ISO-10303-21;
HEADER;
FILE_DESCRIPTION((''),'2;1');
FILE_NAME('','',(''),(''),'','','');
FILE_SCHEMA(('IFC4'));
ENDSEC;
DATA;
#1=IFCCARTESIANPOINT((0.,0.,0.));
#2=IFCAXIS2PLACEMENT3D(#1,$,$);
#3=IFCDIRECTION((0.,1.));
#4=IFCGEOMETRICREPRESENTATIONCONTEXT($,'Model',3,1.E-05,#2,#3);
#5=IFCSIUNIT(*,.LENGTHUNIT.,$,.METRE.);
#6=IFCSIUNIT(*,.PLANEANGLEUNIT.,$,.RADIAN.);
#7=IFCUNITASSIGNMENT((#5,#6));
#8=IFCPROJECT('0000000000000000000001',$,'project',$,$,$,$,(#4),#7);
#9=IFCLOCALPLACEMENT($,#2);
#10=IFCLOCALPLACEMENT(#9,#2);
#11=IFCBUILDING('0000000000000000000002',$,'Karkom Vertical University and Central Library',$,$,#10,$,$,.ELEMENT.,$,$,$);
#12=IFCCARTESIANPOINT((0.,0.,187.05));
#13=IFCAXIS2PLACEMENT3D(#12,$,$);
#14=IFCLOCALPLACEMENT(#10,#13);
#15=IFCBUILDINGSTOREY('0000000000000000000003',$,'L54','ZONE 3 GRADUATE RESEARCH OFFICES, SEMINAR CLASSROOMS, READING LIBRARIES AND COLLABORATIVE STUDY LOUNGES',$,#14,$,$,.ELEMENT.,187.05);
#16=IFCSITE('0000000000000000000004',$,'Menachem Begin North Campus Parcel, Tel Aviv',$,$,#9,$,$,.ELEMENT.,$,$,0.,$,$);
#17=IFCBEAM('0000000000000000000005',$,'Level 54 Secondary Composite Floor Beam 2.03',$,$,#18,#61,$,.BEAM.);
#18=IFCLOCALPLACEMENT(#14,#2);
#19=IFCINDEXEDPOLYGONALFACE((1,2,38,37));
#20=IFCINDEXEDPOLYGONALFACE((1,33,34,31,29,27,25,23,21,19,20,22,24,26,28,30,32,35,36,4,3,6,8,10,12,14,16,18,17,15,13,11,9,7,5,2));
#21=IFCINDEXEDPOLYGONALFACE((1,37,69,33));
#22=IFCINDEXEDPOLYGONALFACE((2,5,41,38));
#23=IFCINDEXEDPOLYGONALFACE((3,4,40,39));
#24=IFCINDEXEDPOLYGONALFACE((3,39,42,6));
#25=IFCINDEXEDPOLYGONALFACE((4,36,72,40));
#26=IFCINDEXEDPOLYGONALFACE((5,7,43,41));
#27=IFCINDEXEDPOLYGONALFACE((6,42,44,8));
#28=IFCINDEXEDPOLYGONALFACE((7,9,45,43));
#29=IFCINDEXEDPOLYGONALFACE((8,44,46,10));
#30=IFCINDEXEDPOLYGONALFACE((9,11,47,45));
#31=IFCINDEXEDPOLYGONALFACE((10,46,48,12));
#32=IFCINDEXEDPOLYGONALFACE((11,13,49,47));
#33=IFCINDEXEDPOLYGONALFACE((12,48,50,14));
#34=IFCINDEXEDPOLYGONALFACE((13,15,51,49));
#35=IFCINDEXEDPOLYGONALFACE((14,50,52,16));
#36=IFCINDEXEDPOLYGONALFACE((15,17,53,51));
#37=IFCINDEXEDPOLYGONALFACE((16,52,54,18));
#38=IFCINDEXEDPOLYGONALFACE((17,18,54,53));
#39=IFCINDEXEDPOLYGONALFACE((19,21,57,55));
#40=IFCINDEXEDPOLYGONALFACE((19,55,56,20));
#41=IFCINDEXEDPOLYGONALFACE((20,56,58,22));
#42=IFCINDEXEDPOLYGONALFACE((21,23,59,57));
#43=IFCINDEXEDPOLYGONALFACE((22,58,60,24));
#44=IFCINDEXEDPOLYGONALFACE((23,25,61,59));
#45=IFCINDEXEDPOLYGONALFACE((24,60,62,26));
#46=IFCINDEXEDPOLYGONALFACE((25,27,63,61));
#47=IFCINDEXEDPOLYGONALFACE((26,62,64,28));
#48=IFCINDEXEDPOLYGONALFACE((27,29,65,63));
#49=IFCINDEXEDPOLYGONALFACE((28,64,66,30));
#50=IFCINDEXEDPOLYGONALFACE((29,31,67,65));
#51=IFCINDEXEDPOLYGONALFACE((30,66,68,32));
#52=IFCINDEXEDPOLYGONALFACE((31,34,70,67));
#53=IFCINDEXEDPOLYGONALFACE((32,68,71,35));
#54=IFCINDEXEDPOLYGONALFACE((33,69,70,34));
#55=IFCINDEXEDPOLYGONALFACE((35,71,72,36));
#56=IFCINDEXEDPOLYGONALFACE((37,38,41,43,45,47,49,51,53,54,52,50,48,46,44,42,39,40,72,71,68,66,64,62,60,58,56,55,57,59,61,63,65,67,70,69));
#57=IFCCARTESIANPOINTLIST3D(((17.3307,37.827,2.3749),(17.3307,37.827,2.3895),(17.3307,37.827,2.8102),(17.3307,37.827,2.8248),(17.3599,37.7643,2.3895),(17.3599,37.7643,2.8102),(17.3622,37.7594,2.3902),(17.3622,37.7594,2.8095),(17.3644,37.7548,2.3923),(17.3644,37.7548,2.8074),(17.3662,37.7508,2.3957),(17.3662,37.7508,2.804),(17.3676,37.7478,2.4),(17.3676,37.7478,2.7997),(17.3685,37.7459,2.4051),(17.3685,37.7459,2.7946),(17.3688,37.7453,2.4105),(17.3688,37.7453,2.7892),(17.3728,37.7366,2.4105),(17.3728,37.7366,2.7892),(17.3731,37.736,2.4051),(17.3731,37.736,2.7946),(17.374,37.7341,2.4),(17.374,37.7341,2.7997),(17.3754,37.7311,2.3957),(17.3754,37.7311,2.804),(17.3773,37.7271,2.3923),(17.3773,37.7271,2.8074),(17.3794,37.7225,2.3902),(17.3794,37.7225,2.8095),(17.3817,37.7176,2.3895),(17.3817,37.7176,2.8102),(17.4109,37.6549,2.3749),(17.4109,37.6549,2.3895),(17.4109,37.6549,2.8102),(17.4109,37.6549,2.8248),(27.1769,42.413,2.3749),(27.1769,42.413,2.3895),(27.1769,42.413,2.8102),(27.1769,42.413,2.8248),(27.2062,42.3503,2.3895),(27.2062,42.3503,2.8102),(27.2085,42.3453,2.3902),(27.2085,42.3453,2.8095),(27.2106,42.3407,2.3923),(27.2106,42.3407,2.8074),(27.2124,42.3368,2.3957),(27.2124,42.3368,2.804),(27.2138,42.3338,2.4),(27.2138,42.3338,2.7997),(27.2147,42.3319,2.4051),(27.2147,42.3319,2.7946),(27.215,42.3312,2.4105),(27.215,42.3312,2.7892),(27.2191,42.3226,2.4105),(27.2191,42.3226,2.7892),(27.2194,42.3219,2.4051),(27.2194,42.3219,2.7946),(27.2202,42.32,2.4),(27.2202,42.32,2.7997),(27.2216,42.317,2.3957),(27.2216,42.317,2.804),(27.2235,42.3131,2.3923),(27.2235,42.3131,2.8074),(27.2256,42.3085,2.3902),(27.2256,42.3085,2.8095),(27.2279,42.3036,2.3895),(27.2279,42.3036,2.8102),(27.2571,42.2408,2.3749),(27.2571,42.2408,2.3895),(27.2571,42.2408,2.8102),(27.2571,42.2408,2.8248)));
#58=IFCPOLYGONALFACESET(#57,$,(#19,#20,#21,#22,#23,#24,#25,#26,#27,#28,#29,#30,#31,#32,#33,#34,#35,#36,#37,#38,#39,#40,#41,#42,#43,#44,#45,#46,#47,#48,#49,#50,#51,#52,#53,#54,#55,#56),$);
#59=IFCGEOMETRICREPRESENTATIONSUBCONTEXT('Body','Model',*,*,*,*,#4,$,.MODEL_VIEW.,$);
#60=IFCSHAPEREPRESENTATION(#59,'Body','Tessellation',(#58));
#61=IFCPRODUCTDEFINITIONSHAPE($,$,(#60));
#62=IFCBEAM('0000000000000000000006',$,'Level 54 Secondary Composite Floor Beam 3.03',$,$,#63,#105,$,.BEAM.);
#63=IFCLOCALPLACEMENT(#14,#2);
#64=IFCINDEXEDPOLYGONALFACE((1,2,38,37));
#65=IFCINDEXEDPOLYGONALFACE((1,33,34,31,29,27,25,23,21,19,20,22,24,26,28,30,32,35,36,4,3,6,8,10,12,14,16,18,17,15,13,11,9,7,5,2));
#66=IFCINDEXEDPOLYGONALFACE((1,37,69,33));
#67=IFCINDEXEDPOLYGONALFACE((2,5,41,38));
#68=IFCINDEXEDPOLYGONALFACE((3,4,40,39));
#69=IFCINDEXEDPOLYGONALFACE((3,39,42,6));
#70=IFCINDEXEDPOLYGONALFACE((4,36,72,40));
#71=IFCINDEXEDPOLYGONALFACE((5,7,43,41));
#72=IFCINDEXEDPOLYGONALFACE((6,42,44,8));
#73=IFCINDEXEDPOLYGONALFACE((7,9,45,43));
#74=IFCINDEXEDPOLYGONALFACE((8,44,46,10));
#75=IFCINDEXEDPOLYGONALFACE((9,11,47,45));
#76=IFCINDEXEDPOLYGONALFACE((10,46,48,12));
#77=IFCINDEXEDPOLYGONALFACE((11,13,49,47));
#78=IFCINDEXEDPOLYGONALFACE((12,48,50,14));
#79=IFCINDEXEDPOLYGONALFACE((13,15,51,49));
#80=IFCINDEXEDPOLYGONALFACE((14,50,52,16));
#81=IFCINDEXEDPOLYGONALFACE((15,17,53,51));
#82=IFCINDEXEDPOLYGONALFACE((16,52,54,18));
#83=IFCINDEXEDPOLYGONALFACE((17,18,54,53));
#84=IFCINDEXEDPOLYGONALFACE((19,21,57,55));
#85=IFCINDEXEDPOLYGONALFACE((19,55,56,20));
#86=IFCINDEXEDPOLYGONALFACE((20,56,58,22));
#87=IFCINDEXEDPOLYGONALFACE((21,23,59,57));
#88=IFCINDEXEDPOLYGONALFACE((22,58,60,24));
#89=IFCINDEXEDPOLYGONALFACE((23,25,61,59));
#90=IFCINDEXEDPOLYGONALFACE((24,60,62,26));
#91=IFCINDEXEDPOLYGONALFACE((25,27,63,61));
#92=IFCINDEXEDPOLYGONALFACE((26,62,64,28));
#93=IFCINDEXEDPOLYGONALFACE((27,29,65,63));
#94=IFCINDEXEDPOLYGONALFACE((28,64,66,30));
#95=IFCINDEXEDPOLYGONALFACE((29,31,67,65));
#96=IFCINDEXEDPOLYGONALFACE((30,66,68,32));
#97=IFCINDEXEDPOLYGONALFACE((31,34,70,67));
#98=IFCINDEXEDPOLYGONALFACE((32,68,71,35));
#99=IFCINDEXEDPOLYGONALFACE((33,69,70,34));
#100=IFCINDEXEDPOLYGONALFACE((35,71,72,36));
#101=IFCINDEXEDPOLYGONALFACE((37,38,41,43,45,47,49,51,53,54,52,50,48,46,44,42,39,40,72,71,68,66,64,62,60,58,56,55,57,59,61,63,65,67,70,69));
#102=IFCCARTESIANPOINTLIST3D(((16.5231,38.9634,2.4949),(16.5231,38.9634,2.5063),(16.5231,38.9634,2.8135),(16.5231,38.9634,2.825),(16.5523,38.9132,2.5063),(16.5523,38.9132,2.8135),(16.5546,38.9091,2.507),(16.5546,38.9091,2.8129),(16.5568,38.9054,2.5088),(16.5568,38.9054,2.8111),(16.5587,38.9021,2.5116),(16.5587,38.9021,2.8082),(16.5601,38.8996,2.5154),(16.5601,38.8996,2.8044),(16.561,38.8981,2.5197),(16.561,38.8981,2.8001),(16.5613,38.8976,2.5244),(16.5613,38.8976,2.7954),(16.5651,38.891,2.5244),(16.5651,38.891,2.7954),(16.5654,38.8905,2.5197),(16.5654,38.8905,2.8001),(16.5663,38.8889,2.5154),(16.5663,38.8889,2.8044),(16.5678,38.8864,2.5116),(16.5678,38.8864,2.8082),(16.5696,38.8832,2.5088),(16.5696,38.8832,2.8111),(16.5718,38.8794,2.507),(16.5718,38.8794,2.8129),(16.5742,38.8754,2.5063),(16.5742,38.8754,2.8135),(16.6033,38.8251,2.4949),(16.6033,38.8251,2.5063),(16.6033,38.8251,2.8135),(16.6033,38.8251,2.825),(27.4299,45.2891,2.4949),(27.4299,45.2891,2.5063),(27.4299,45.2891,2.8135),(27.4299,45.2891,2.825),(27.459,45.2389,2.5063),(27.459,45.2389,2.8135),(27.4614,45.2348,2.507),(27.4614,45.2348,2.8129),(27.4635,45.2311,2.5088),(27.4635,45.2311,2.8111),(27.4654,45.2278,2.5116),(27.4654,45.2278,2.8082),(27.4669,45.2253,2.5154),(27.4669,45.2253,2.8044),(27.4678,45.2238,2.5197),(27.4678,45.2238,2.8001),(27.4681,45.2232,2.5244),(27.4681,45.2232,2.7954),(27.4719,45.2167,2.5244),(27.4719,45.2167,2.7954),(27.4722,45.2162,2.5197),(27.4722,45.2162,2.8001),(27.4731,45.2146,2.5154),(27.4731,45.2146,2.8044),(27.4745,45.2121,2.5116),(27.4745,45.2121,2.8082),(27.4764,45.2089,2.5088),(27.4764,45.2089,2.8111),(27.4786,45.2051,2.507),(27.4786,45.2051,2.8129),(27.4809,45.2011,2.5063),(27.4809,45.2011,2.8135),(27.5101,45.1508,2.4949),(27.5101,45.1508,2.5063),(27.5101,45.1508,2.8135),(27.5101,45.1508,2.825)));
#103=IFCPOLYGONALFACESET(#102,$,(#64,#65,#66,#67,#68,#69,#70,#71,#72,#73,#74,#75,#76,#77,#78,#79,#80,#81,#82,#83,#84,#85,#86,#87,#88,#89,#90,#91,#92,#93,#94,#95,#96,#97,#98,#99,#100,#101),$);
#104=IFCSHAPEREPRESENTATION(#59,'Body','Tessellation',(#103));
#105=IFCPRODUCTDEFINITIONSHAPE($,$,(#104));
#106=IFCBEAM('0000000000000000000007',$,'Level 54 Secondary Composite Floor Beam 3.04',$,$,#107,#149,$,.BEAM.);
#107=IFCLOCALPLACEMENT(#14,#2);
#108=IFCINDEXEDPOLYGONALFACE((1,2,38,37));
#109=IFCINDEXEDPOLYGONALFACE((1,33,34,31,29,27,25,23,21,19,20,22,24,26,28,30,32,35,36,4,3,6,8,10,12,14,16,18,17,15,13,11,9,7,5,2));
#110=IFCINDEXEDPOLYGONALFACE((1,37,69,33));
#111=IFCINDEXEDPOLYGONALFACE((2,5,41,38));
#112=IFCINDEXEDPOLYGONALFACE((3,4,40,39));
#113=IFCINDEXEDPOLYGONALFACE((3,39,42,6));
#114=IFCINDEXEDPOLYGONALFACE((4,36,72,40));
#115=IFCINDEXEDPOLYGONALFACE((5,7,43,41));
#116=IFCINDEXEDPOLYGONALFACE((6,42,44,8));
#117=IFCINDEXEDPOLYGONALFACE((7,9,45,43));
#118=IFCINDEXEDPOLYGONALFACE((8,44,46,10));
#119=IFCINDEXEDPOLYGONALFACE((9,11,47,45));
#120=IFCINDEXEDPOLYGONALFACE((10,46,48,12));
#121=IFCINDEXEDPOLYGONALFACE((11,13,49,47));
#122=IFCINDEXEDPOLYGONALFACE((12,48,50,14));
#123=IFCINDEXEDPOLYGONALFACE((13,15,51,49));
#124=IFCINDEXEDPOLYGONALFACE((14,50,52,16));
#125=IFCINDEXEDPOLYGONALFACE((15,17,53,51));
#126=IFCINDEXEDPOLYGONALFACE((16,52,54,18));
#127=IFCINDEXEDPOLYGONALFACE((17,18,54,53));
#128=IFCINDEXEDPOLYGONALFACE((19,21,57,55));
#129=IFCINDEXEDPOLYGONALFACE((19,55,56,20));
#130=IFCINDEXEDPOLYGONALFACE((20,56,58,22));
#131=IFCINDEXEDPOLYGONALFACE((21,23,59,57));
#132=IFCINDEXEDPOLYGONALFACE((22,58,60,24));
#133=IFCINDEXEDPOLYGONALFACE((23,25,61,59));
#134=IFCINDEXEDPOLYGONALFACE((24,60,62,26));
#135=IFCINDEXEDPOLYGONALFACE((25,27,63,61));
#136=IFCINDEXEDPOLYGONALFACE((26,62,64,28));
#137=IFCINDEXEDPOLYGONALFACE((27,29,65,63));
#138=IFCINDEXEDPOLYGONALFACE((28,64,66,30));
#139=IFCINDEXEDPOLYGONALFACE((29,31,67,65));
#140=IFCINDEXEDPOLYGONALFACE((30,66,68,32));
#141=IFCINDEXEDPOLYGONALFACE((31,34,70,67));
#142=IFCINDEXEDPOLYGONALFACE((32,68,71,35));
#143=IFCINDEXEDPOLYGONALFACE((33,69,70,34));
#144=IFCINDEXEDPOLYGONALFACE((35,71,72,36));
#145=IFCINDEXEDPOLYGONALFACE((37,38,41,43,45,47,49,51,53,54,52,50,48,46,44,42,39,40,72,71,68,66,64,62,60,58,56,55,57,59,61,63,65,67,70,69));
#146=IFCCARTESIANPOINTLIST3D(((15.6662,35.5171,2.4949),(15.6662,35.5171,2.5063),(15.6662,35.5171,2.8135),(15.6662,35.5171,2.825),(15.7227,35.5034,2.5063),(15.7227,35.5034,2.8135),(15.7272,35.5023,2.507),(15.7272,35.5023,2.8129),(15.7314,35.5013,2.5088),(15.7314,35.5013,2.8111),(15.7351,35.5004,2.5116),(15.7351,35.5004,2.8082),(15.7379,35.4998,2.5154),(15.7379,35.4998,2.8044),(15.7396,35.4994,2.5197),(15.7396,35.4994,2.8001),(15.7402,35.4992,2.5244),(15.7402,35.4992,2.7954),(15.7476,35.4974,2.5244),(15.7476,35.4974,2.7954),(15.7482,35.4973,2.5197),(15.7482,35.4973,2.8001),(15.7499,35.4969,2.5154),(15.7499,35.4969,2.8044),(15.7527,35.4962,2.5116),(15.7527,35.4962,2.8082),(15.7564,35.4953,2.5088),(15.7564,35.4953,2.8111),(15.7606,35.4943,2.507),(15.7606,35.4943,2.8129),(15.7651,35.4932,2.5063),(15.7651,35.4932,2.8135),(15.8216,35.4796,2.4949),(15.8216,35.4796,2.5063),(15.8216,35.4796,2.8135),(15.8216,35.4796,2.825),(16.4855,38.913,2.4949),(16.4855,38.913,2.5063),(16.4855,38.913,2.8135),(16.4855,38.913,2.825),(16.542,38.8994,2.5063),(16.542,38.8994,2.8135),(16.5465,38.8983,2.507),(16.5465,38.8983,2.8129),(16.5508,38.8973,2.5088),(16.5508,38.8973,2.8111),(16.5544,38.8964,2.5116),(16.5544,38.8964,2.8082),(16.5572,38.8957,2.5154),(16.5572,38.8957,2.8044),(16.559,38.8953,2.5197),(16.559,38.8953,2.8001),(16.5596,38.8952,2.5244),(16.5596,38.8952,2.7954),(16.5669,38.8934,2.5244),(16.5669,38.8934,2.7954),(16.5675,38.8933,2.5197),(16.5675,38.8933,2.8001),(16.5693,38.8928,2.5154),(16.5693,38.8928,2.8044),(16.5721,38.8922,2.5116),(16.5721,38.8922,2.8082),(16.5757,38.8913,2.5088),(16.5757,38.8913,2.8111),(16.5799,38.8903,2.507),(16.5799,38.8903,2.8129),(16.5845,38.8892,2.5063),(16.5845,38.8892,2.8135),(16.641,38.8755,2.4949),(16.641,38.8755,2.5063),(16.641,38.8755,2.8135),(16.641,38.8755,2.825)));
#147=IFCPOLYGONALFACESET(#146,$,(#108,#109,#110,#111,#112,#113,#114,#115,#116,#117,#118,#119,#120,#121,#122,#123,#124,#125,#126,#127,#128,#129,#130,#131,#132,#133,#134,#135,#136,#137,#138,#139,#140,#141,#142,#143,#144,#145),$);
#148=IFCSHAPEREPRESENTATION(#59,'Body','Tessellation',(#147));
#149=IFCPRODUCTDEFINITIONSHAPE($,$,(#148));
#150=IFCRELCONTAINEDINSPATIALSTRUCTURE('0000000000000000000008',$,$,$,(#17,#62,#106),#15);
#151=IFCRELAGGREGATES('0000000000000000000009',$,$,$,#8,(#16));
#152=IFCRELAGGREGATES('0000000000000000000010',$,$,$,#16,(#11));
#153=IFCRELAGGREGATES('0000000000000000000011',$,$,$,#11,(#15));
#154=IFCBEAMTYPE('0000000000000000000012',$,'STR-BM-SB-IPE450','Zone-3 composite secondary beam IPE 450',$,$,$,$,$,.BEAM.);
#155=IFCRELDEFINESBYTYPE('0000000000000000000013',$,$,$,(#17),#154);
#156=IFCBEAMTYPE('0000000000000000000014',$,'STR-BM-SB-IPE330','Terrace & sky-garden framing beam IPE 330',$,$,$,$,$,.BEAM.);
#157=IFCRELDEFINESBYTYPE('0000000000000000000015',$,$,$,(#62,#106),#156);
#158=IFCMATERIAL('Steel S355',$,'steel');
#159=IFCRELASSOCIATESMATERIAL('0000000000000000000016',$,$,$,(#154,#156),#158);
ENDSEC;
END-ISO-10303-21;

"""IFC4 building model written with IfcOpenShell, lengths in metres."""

from ifc_helpers import new_model, si_unit, direction, frame, origin, origin_with_axes, origin_2d, place, context, subcontext, project, spatial, i_section, extrude, source, transform, mapped, material, material_profile, profile_set, type_object, element, save


model = new_model("IFC4")

# Units and contexts
model_context = context("Model", 3, precision=1e-05, world=origin(), true_north=direction((0.0, 1.0)))
body_context = subcontext(model_context, "Body", "Model", "MODEL_VIEW")
ifc_project = project(units=[si_unit("LENGTHUNIT", "METRE"), si_unit("PLANEANGLEUNIT", "RADIAN")], contexts=[model_context])

# Site, building, storey
site_placement = place(None, origin())
site = spatial("IfcSite", under=ifc_project, at=site_placement, Name="Menachem Begin North Campus Parcel, Tel Aviv", CompositionType="ELEMENT", RefElevation=0.0)
building_placement = place(site_placement, origin())
building = spatial("IfcBuilding", under=site, at=building_placement, Name="Karkom Vertical University and Central Library", CompositionType="ELEMENT")
storey_placement = place(building_placement, frame((0.0, 0.0, 187.05)))
storey = spatial("IfcBuildingStorey", under=building, at=storey_placement, Name="L54", Description="ZONE 3 GRADUATE RESEARCH OFFICES, SEMINAR CLASSROOMS, READING LIBRARIES AND COLLABORATIVE STUDY LOUNGES", CompositionType="ELEMENT", Elevation=187.05)

# Beams
ifc_material_1 = material(Name="Steel S355", Category="steel")
ifc_material_profile_1 = material_profile(ifc_material_1, i_section(OverallWidth=0.1899, OverallDepth=0.45, WebThickness=0.0095, FlangeThickness=0.0146, FilletRadius=0.021, at=origin_2d()), Name="IPE 450")
ifc_profile_set_1 = profile_set([ifc_material_profile_1], Name="Steel S355")
beam_type_1 = type_object("IfcBeamType", Name="STR-BM-SB-IPE450", Description="Zone-3 composite secondary beam IPE 450", PredefinedType="BEAM", material=ifc_profile_set_1)
shared_shape_1 = source(origin_with_axes(), body_context, "Body", "SweptSolid", [
    extrude(i_section(OverallWidth=0.1899, OverallDepth=0.45, WebThickness=0.0095, FlangeThickness=0.0146, FilletRadius=0.021, at=origin_2d()), origin(), (0.0, 0.0, 1.0), 10.8618),
])
beam_1_placement = place(storey_placement, frame((27.217, 42.3269, 2.5999), z_axis=(-0.906499, -0.422209, 0.0), x_axis=(0.422209, -0.906499, 0.0)))
element("IfcBeam", 1, at=beam_1_placement, inside=storey, type_object=beam_type_1, Name="Level 54 Secondary Composite Floor Beam 2.03", PredefinedType="BEAM", context=body_context, shape_type="MappedRepresentation", body=[
    mapped(shared_shape_1, transform((0.0, 0.0, 0.0), scale=1.0)),
])
ifc_material_profile_2 = material_profile(ifc_material_1, i_section(OverallWidth=0.1599, OverallDepth=0.3301, WebThickness=0.0076, FlangeThickness=0.0115, FilletRadius=0.0181, at=origin_2d()), Name="IPE 330")
ifc_profile_set_2 = profile_set([ifc_material_profile_2], Name="Steel S355")
beam_type_2 = type_object("IfcBeamType", Name="STR-BM-SB-IPE330", Description="Terrace & sky-garden framing beam IPE 330", PredefinedType="BEAM", material=ifc_profile_set_2)
shared_shape_2 = source(origin_with_axes(), body_context, "Body", "SweptSolid", [
    extrude(i_section(OverallWidth=0.1599, OverallDepth=0.3301, WebThickness=0.0076, FlangeThickness=0.0115, FilletRadius=0.0181, at=origin_2d()), origin(), (0.0, 0.0, 1.0), 12.6084),
])
beam_2_placement = place(storey_placement, frame((27.47, 45.22, 2.6599), z_axis=(-0.865039, -0.501705, 0.0), x_axis=(0.501705, -0.865039, 0.0)))
element("IfcBeam", 2, at=beam_2_placement, inside=storey, type_object=beam_type_2, Name="Level 54 Secondary Composite Floor Beam 3.03", PredefinedType="BEAM", context=body_context, shape_type="MappedRepresentation", body=[
    mapped(shared_shape_2, transform((0.0, 0.0, 0.0), scale=1.0)),
])
shared_shape_3 = source(origin_with_axes(), body_context, "Body", "SweptSolid", [
    extrude(i_section(OverallWidth=0.1599, OverallDepth=0.3301, WebThickness=0.0076, FlangeThickness=0.0115, FilletRadius=0.0181, at=origin_2d()), origin(), (0.0, 0.0, 1.0), 3.4934),
])
beam_3_placement = place(storey_placement, frame((16.5632, 38.8943, 2.6599), z_axis=(-0.234536, -0.972107, 0.0), x_axis=(0.972107, -0.234536, 0.0)))
element("IfcBeam", 3, at=beam_3_placement, inside=storey, type_object=beam_type_2, Name="Level 54 Secondary Composite Floor Beam 3.04", PredefinedType="BEAM", context=body_context, shape_type="MappedRepresentation", body=[
    mapped(shared_shape_3, transform((0.0, 0.0, 0.0), scale=1.0)),
])

save(model, "model.ifc")
